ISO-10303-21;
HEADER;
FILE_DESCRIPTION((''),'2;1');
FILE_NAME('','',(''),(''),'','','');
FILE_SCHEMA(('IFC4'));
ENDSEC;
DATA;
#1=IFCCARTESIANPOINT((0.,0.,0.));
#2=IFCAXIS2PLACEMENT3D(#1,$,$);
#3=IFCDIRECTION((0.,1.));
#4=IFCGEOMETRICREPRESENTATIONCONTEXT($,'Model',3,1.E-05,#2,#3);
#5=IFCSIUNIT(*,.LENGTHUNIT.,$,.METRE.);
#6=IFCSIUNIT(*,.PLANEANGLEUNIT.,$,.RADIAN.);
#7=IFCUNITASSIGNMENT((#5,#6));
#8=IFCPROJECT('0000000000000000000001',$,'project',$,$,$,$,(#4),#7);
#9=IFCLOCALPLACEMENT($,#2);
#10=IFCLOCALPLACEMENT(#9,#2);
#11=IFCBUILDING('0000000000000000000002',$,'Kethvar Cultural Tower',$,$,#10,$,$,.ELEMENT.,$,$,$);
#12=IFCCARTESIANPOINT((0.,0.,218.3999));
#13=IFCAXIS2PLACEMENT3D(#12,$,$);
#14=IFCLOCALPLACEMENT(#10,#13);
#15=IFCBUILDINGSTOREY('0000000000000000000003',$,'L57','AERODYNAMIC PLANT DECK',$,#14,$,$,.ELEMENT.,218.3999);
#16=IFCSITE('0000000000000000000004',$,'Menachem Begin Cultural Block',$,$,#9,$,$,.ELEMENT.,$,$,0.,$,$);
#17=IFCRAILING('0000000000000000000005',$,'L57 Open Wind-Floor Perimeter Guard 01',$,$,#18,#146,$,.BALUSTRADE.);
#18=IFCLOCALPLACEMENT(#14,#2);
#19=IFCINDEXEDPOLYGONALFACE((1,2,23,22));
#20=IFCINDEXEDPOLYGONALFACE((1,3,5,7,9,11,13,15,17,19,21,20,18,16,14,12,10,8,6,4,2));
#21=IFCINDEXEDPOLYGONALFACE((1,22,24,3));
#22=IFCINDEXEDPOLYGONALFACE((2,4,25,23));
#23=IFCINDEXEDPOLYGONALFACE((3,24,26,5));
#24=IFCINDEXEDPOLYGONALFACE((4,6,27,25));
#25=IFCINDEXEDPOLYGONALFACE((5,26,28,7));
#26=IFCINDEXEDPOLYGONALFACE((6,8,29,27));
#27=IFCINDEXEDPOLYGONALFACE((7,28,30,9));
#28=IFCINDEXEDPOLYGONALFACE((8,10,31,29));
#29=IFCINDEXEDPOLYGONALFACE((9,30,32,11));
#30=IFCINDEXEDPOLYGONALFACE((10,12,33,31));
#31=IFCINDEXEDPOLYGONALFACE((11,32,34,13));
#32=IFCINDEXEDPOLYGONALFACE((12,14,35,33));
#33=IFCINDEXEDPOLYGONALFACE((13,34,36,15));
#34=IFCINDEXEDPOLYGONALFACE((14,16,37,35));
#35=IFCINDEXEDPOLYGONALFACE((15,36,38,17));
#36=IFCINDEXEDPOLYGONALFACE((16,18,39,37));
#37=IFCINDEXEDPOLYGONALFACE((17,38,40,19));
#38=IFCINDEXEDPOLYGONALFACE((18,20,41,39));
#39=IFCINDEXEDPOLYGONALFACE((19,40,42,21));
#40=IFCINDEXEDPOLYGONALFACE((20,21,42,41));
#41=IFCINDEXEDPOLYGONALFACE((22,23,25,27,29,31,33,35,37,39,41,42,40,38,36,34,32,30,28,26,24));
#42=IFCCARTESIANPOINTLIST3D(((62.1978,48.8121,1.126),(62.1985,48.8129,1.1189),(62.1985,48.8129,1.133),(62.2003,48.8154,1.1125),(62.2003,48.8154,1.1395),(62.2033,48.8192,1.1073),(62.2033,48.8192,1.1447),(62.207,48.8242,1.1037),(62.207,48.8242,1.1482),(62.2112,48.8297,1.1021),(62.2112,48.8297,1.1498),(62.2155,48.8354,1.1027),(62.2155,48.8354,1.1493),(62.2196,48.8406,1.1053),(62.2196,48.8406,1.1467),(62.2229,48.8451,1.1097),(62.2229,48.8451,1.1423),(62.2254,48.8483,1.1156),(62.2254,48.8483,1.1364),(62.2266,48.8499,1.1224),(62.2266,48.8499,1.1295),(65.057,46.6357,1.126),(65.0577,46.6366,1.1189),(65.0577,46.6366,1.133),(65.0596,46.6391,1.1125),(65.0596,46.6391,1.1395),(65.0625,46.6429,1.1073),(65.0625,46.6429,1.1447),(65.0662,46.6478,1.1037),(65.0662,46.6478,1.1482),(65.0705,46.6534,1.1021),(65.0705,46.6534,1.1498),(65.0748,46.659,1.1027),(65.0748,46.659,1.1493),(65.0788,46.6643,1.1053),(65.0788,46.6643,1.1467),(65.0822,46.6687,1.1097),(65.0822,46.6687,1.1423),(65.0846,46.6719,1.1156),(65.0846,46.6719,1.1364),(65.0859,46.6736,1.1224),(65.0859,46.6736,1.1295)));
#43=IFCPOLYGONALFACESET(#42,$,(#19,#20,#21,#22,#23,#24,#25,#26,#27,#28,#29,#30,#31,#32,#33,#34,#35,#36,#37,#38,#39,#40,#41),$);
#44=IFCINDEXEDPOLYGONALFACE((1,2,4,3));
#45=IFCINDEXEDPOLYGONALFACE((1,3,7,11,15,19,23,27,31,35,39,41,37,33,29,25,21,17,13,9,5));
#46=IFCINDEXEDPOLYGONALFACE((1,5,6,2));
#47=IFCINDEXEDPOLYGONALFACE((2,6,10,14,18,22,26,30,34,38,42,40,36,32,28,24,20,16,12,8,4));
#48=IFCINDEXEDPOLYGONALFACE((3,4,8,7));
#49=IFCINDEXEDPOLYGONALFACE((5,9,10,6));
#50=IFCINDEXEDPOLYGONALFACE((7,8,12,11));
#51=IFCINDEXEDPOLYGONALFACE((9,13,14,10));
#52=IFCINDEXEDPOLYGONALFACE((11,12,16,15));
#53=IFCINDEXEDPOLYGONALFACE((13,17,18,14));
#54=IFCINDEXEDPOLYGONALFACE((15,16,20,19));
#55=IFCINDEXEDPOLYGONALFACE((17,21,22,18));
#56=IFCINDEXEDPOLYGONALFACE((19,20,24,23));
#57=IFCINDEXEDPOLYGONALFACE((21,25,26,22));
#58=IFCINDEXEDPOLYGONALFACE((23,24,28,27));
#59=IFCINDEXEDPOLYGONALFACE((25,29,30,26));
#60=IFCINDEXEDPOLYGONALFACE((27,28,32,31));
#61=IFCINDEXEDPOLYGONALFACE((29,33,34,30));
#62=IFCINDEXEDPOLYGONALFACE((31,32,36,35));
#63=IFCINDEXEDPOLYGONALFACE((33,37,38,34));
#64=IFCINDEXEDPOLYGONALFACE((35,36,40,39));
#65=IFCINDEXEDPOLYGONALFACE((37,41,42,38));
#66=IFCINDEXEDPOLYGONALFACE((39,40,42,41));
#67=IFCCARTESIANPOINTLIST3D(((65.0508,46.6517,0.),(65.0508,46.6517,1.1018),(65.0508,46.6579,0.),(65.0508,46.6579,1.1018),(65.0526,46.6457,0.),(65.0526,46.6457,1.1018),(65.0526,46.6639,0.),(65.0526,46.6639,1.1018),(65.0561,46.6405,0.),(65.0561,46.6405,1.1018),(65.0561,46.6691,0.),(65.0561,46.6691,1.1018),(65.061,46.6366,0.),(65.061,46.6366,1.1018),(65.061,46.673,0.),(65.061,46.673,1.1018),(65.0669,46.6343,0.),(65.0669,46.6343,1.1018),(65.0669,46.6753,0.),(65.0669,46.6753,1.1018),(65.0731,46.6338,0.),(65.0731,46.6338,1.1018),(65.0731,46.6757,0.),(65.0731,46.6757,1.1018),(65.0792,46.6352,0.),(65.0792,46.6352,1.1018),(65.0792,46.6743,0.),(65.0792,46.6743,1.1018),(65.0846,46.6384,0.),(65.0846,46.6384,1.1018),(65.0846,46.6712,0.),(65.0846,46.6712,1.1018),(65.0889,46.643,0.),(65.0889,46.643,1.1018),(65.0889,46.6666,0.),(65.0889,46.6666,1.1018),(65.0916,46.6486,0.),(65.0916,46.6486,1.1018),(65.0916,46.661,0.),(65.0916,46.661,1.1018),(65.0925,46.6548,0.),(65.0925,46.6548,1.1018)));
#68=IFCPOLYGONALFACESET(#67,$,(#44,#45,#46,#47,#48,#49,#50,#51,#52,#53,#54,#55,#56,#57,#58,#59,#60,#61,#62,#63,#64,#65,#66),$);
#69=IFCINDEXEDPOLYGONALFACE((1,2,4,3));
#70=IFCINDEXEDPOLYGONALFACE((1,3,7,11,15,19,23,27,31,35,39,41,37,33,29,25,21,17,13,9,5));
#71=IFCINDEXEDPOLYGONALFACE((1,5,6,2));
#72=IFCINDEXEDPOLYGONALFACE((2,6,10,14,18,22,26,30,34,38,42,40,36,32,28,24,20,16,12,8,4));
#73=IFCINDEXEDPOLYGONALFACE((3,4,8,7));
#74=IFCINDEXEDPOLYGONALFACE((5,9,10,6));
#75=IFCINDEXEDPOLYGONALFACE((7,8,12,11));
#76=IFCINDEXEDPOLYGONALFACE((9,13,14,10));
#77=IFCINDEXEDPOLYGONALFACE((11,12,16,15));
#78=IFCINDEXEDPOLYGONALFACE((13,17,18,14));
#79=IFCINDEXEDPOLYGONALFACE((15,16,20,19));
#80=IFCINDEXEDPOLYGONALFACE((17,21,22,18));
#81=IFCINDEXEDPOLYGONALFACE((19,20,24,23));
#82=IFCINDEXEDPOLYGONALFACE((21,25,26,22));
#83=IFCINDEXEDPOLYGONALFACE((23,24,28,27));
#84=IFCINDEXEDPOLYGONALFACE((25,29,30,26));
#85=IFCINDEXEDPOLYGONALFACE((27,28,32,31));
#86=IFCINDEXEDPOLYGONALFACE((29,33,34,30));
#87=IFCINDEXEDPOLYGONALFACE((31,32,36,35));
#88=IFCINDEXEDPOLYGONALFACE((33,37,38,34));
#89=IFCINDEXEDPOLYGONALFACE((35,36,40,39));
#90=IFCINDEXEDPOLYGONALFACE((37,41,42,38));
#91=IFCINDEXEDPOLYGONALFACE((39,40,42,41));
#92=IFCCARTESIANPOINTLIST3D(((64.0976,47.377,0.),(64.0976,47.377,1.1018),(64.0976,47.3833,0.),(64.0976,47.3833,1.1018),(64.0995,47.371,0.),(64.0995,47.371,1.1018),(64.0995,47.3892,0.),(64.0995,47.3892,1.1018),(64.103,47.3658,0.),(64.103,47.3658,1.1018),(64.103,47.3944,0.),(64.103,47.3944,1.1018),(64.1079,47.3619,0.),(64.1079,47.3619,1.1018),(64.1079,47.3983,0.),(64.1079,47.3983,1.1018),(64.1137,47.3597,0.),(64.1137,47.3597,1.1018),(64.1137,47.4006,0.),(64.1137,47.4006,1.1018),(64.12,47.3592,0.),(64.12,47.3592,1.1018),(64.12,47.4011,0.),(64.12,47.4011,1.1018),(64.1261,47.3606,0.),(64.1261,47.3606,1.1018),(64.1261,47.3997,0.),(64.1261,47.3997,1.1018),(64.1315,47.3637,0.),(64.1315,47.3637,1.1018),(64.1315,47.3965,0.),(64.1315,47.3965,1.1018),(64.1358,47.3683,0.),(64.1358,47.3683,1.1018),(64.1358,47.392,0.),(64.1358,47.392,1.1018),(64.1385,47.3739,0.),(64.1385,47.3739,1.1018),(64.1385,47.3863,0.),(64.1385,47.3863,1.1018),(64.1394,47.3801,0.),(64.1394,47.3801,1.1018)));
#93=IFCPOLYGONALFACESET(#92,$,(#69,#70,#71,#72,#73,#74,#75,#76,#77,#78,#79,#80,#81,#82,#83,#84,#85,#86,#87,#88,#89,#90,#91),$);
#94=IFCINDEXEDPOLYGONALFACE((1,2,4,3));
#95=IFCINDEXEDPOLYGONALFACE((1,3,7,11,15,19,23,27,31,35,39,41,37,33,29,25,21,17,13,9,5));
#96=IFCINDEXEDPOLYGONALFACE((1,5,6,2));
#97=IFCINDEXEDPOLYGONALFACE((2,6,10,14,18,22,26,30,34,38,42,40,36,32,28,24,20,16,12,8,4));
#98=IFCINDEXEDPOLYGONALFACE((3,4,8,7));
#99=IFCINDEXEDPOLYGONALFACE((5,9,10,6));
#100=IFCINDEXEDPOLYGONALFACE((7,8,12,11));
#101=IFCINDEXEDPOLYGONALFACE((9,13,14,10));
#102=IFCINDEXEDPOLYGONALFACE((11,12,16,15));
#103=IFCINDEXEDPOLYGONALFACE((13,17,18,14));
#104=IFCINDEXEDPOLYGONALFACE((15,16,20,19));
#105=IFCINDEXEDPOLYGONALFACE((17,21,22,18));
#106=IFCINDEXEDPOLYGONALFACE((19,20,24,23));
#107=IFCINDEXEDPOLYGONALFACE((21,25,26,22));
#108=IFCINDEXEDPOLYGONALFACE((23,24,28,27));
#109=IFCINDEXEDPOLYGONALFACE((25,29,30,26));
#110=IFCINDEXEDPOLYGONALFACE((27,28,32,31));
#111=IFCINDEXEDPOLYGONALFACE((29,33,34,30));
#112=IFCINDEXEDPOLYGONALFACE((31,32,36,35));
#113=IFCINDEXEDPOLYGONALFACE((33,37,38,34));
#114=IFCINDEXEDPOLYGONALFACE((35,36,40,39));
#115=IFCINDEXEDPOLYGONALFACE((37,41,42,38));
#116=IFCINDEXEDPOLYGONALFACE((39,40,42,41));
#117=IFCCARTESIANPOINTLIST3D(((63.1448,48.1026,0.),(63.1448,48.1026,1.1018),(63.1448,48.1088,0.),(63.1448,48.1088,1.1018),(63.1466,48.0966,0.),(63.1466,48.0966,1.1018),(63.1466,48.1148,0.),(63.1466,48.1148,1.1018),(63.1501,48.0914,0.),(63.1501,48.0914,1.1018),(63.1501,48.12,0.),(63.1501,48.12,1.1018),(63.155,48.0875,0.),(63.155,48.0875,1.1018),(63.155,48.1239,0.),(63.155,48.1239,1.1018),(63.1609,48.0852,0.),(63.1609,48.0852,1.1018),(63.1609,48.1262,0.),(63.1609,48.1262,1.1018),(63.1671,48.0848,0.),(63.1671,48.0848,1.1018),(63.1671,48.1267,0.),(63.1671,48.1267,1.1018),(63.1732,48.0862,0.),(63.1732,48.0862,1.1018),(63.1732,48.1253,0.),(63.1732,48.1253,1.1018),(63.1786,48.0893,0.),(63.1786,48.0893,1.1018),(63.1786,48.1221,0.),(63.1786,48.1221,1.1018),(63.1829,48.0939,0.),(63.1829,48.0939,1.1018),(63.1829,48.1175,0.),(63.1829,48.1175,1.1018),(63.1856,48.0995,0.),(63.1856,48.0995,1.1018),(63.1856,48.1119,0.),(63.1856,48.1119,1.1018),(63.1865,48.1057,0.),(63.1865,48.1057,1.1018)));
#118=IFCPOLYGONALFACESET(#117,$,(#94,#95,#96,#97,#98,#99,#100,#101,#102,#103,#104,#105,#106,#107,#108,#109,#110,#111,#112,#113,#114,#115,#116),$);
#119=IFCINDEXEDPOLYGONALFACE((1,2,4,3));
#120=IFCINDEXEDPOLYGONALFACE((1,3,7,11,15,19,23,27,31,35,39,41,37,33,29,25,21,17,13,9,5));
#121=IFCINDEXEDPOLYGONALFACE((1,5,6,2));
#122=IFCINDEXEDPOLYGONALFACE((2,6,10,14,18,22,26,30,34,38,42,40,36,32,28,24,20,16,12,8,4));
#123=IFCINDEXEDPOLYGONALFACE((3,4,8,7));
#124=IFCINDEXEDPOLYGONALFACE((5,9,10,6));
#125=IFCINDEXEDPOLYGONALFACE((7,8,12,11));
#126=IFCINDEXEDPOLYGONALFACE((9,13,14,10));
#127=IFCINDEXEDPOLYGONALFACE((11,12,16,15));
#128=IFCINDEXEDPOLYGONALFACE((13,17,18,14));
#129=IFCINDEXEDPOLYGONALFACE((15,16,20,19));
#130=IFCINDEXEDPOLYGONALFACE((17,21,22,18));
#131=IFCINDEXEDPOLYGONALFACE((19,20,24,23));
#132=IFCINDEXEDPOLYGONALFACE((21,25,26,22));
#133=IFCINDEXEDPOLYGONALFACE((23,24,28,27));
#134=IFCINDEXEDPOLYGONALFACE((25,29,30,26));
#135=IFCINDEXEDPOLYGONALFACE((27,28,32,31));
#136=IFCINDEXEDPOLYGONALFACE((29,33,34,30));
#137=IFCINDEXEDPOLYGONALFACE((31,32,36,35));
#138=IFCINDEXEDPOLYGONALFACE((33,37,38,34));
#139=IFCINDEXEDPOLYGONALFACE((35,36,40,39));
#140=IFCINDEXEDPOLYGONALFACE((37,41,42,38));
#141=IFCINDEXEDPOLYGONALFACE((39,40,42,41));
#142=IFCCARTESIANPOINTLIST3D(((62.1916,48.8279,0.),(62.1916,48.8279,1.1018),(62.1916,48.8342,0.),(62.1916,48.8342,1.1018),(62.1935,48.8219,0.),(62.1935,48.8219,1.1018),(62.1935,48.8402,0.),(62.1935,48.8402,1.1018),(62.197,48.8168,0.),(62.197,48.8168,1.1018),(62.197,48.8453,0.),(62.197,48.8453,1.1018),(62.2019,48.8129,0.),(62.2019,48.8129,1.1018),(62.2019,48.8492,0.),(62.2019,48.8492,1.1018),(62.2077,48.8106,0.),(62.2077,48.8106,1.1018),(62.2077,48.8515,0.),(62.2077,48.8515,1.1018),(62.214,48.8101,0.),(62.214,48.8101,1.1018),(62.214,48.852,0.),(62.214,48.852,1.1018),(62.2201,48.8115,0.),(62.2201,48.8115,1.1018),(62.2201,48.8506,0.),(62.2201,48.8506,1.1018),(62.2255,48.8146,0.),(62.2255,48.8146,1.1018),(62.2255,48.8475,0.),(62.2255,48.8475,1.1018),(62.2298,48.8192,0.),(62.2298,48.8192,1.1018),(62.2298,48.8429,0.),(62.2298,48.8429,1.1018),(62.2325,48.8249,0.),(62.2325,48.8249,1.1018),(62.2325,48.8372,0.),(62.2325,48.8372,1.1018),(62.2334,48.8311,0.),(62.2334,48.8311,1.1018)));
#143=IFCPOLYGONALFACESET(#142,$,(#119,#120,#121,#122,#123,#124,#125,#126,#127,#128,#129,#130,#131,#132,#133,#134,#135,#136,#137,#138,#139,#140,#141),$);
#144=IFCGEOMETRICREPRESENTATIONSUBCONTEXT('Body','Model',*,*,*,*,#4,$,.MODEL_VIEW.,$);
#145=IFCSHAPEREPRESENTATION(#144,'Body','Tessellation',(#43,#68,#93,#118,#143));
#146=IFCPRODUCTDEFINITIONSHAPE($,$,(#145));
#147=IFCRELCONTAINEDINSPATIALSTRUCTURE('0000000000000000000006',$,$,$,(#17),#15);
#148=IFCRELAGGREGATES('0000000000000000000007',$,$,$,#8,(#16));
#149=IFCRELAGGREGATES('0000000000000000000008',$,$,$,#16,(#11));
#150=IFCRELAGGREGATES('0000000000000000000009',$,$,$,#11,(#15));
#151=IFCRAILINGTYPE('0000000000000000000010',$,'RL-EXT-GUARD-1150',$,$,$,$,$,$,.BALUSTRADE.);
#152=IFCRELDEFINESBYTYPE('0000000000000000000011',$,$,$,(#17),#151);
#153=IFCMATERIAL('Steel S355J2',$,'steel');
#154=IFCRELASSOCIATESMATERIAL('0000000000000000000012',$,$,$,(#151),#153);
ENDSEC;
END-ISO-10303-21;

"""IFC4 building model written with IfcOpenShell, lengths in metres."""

from ifc_helpers import new_model, si_unit, direction, frame, origin, origin_2d, place, context, subcontext, project, spatial, circle, extrude, material, type_object, element, save


model = new_model("IFC4")

# Units and contexts
model_context = context("Model", 3, precision=1e-05, world=origin(), true_north=direction((0.0, 1.0)))
body_context = subcontext(model_context, "Body", "Model", "MODEL_VIEW")
ifc_project = project(units=[si_unit("LENGTHUNIT", "METRE"), si_unit("PLANEANGLEUNIT", "RADIAN")], contexts=[model_context])

# Site, building, storey
site_placement = place(None, origin())
site = spatial("IfcSite", under=ifc_project, at=site_placement, Name="Menachem Begin Cultural Block", CompositionType="ELEMENT", RefElevation=0.0)
building_placement = place(site_placement, origin())
building = spatial("IfcBuilding", under=site, at=building_placement, Name="Kethvar Cultural Tower", CompositionType="ELEMENT")
storey_placement = place(building_placement, frame((0.0, 0.0, 218.3999)))
storey = spatial("IfcBuildingStorey", under=building, at=storey_placement, Name="L57", Description="AERODYNAMIC PLANT DECK", CompositionType="ELEMENT", Elevation=218.3999)

# Shared definitions
ifc_material_1 = material(Name="Steel S355J2", Category="steel")

# Railing
railing_type_1 = type_object("IfcRailingType", Name="RL-EXT-GUARD-1150", PredefinedType="BALUSTRADE", material=ifc_material_1)
railing_1_placement = place(storey_placement, frame((65.0715, 46.6548, 0.0)))
element("IfcRailing", 1, at=railing_1_placement, inside=storey, type_object=railing_type_1, Name="L57 Open Wind-Floor Perimeter Guard 01", PredefinedType="BALUSTRADE", context=body_context, shape_type="SweptSolid", body=[
    extrude(circle(Radius=0.0239, at=origin_2d()), frame((0.0, 0.0, 1.126), z_axis=(-0.795716, 0.605671, 0.0), x_axis=(-0.605671, -0.795716, 0.0)), (0.0, 0.0, 1.0), 3.5933),
    extrude(circle(Radius=0.021, at=origin_2d()), origin(), (0.0, 0.0, 1.0), 1.1018),
    extrude(circle(Radius=0.021, at=origin_2d()), frame((-0.9531, 0.7253, 0.0)), (0.0, 0.0, 1.0), 1.1018),
    extrude(circle(Radius=0.021, at=origin_2d()), frame((-1.906, 1.4509, 0.0)), (0.0, 0.0, 1.0), 1.1018),
    extrude(circle(Radius=0.021, at=origin_2d()), frame((-2.8591, 2.1763, 0.0)), (0.0, 0.0, 1.0), 1.1018),
])

save(model, "model.ifc")
